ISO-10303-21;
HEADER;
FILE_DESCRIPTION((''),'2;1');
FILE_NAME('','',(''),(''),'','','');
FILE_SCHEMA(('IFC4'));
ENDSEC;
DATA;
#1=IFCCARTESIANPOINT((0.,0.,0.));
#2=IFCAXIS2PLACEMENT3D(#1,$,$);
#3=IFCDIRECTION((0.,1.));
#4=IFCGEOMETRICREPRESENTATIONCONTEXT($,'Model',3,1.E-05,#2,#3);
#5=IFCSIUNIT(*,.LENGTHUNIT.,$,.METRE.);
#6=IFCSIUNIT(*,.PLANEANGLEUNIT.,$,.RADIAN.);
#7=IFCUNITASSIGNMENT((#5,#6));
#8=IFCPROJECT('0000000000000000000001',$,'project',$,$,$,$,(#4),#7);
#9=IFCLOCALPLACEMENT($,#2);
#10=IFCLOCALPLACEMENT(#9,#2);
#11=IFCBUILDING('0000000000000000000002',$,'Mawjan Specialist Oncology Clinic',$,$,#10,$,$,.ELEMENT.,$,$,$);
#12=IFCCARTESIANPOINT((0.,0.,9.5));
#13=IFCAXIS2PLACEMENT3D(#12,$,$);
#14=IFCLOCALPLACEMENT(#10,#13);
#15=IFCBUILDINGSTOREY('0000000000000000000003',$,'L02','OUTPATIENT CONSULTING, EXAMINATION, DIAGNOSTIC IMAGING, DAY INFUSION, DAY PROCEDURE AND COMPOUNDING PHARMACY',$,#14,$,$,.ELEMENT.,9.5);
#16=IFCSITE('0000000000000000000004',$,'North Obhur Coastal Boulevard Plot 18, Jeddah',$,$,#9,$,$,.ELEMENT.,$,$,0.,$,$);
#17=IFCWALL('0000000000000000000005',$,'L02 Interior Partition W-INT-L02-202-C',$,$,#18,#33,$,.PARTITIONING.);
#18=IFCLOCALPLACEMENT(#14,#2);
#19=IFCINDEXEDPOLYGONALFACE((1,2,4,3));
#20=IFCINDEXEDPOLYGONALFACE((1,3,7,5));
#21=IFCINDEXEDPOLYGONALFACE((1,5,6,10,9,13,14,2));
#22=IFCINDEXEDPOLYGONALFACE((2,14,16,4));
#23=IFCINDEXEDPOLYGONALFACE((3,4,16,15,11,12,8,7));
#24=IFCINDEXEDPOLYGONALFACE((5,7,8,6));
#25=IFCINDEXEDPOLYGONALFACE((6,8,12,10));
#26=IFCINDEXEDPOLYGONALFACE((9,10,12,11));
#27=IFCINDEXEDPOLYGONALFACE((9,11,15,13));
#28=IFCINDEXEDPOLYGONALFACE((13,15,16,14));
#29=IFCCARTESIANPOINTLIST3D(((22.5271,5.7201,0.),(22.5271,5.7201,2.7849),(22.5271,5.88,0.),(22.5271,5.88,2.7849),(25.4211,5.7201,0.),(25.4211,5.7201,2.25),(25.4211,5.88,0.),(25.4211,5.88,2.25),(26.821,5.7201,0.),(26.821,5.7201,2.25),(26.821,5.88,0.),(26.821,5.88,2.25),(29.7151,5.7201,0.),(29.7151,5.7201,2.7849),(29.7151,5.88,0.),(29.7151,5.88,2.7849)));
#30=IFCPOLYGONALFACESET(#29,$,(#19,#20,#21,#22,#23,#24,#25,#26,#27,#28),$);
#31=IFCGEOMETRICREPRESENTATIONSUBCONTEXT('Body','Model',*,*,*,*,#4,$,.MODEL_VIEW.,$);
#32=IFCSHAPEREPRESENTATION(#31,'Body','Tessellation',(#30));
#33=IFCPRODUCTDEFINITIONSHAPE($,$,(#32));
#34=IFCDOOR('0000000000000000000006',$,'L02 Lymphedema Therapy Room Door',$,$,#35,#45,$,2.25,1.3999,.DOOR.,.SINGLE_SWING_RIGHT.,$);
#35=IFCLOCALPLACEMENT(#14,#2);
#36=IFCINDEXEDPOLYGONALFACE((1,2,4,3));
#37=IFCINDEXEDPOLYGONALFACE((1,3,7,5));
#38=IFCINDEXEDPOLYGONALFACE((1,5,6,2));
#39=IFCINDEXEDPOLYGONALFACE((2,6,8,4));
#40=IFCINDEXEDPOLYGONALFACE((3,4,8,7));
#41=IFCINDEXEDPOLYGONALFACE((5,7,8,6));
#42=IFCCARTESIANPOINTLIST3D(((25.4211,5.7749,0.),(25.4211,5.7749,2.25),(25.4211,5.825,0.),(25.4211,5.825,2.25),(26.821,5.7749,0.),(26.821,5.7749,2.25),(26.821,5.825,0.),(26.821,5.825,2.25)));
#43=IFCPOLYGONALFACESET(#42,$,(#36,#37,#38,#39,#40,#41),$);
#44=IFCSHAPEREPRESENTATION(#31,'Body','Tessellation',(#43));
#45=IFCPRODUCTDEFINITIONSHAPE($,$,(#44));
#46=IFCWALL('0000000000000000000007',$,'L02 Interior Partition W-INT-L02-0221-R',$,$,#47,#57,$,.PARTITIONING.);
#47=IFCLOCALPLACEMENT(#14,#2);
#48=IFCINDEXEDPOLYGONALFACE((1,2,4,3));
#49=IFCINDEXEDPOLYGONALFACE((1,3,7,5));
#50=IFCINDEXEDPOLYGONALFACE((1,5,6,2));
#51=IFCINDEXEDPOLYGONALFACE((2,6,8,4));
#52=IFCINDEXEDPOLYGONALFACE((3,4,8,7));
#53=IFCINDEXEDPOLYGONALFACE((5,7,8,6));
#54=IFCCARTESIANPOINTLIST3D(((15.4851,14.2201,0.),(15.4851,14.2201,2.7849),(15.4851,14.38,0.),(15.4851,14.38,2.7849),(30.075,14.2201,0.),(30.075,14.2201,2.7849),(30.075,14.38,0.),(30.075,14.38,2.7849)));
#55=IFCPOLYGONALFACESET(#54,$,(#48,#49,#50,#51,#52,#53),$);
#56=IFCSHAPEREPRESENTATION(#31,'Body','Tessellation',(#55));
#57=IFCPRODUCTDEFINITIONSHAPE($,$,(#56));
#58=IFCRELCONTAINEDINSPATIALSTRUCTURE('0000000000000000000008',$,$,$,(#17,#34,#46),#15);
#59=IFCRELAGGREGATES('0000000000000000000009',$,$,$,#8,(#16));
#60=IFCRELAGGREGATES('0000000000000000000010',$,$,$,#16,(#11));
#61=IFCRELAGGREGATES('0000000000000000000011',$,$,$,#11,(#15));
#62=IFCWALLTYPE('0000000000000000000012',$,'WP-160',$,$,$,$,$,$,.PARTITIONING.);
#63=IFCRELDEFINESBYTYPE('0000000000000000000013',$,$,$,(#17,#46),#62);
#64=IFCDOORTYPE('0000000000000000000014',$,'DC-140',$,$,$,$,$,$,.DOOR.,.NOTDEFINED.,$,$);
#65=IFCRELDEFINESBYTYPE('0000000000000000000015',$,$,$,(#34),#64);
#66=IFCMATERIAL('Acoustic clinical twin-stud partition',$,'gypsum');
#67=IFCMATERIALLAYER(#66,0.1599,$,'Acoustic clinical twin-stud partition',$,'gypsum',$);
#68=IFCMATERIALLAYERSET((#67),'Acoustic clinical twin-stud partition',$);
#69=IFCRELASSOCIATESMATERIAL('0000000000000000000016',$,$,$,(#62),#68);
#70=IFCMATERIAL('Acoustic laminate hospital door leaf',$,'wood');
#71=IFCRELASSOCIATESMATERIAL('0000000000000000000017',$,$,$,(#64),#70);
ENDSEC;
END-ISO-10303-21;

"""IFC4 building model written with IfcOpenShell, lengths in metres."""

from ifc_helpers import new_model, si_unit, direction, frame, frame_2d, origin, place, context, subcontext, project, spatial, rectangle, extrude, material, layer, layer_set, type_object, element, fill, save


model = new_model("IFC4")

# Units and contexts
model_context = context("Model", 3, precision=1e-05, world=origin(), true_north=direction((0.0, 1.0)))
body_context = subcontext(model_context, "Body", "Model", "MODEL_VIEW")
ifc_project = project(units=[si_unit("LENGTHUNIT", "METRE"), si_unit("PLANEANGLEUNIT", "RADIAN")], contexts=[model_context])

# Site, building, storey
site_placement = place(None, origin())
site = spatial("IfcSite", under=ifc_project, at=site_placement, Name="North Obhur Coastal Boulevard Plot 18, Jeddah", CompositionType="ELEMENT", RefElevation=0.0)
building_placement = place(site_placement, origin())
building = spatial("IfcBuilding", under=site, at=building_placement, Name="Mawjan Specialist Oncology Clinic", CompositionType="ELEMENT")
storey_placement = place(building_placement, frame((0.0, 0.0, 9.5)))
storey = spatial("IfcBuildingStorey", under=building, at=storey_placement, Name="L02", Description="OUTPATIENT CONSULTING, EXAMINATION, DIAGNOSTIC IMAGING, DAY INFUSION, DAY PROCEDURE AND COMPOUNDING PHARMACY", CompositionType="ELEMENT", Elevation=9.5)

# Wall, opening, door
ifc_material_1 = material(Name="Acoustic clinical twin-stud partition", Category="gypsum")
ifc_layer_1 = layer(ifc_material_1, 0.1599, Name="Acoustic clinical twin-stud partition", Category="gypsum")
ifc_layer_set_1 = layer_set([ifc_layer_1], Name="Acoustic clinical twin-stud partition")
wall_type_1 = type_object("IfcWallType", Name="WP-160", PredefinedType="PARTITIONING", material=ifc_layer_set_1)
wall_1_placement = place(storey_placement, frame((22.5271, 5.8, 0.0), z_axis=(0.0, 0.0, 1.0), x_axis=(1.0, 0.0, 0.0)))
wall_1 = element("IfcWall", 1, at=wall_1_placement, inside=storey, type_object=wall_type_1, Name="L02 Interior Partition W-INT-L02-202-C", PredefinedType="PARTITIONING", context=body_context, shape_type="SweptSolid", body=[
    extrude(rectangle(XDim=7.188, YDim=0.1599, at=frame_2d((3.594, 0.0))), origin(), (0.0, 0.0, 1.0), 2.7849),
])
opening_1_placement = place(wall_1_placement, frame((2.894, 0.0, 0.0)))
opening_1 = element("IfcOpeningElement", 2, at=opening_1_placement, cuts=wall_1, PredefinedType="OPENING", context=body_context, shape_type="SweptSolid", body=[
    extrude(rectangle(XDim=1.3999, YDim=2.25, at=frame_2d((0.7, 1.125))), frame((0.0, 0.092, 0.0), z_axis=(0.0, -1.0, 0.0), x_axis=(1.0, 0.0, 0.0)), (0.0, 0.0, 1.0), 0.1838),
])
ifc_material_2 = material(Name="Acoustic laminate hospital door leaf", Category="wood")
door_type_1 = type_object("IfcDoorType", Name="DC-140", OperationType="NOTDEFINED", PredefinedType="DOOR", material=ifc_material_2)
door_1_placement = place(opening_1_placement, origin())
door_1 = element("IfcDoor", 3, at=door_1_placement, inside=storey, type_object=door_type_1, Name="L02 Lymphedema Therapy Room Door", OperationType="SINGLE_SWING_RIGHT", OverallHeight=2.25, OverallWidth=1.3999, PredefinedType="DOOR", context=body_context, shape_type="SweptSolid", body=[
    extrude(rectangle(XDim=1.3999, YDim=2.25, at=frame_2d((0.7, 1.125))), frame((0.0, 0.0249, 0.0), z_axis=(0.0, -1.0, 0.0), x_axis=(1.0, 0.0, 0.0)), (0.0, 0.0, 1.0), 0.05),
])
fill(opening_1, door_1)

# Wall
wall_2_placement = place(storey_placement, frame((15.4851, 14.3, 0.0), z_axis=(0.0, 0.0, 1.0), x_axis=(1.0, 0.0, 0.0)))
element("IfcWall", 4, at=wall_2_placement, inside=storey, type_object=wall_type_1, Name="L02 Interior Partition W-INT-L02-0221-R", PredefinedType="PARTITIONING", context=body_context, shape_type="SweptSolid", body=[
    extrude(rectangle(XDim=14.5898, YDim=0.1599, at=frame_2d((7.2949, 0.0))), origin(), (0.0, 0.0, 1.0), 2.7849),
])

save(model, "model.ifc")
